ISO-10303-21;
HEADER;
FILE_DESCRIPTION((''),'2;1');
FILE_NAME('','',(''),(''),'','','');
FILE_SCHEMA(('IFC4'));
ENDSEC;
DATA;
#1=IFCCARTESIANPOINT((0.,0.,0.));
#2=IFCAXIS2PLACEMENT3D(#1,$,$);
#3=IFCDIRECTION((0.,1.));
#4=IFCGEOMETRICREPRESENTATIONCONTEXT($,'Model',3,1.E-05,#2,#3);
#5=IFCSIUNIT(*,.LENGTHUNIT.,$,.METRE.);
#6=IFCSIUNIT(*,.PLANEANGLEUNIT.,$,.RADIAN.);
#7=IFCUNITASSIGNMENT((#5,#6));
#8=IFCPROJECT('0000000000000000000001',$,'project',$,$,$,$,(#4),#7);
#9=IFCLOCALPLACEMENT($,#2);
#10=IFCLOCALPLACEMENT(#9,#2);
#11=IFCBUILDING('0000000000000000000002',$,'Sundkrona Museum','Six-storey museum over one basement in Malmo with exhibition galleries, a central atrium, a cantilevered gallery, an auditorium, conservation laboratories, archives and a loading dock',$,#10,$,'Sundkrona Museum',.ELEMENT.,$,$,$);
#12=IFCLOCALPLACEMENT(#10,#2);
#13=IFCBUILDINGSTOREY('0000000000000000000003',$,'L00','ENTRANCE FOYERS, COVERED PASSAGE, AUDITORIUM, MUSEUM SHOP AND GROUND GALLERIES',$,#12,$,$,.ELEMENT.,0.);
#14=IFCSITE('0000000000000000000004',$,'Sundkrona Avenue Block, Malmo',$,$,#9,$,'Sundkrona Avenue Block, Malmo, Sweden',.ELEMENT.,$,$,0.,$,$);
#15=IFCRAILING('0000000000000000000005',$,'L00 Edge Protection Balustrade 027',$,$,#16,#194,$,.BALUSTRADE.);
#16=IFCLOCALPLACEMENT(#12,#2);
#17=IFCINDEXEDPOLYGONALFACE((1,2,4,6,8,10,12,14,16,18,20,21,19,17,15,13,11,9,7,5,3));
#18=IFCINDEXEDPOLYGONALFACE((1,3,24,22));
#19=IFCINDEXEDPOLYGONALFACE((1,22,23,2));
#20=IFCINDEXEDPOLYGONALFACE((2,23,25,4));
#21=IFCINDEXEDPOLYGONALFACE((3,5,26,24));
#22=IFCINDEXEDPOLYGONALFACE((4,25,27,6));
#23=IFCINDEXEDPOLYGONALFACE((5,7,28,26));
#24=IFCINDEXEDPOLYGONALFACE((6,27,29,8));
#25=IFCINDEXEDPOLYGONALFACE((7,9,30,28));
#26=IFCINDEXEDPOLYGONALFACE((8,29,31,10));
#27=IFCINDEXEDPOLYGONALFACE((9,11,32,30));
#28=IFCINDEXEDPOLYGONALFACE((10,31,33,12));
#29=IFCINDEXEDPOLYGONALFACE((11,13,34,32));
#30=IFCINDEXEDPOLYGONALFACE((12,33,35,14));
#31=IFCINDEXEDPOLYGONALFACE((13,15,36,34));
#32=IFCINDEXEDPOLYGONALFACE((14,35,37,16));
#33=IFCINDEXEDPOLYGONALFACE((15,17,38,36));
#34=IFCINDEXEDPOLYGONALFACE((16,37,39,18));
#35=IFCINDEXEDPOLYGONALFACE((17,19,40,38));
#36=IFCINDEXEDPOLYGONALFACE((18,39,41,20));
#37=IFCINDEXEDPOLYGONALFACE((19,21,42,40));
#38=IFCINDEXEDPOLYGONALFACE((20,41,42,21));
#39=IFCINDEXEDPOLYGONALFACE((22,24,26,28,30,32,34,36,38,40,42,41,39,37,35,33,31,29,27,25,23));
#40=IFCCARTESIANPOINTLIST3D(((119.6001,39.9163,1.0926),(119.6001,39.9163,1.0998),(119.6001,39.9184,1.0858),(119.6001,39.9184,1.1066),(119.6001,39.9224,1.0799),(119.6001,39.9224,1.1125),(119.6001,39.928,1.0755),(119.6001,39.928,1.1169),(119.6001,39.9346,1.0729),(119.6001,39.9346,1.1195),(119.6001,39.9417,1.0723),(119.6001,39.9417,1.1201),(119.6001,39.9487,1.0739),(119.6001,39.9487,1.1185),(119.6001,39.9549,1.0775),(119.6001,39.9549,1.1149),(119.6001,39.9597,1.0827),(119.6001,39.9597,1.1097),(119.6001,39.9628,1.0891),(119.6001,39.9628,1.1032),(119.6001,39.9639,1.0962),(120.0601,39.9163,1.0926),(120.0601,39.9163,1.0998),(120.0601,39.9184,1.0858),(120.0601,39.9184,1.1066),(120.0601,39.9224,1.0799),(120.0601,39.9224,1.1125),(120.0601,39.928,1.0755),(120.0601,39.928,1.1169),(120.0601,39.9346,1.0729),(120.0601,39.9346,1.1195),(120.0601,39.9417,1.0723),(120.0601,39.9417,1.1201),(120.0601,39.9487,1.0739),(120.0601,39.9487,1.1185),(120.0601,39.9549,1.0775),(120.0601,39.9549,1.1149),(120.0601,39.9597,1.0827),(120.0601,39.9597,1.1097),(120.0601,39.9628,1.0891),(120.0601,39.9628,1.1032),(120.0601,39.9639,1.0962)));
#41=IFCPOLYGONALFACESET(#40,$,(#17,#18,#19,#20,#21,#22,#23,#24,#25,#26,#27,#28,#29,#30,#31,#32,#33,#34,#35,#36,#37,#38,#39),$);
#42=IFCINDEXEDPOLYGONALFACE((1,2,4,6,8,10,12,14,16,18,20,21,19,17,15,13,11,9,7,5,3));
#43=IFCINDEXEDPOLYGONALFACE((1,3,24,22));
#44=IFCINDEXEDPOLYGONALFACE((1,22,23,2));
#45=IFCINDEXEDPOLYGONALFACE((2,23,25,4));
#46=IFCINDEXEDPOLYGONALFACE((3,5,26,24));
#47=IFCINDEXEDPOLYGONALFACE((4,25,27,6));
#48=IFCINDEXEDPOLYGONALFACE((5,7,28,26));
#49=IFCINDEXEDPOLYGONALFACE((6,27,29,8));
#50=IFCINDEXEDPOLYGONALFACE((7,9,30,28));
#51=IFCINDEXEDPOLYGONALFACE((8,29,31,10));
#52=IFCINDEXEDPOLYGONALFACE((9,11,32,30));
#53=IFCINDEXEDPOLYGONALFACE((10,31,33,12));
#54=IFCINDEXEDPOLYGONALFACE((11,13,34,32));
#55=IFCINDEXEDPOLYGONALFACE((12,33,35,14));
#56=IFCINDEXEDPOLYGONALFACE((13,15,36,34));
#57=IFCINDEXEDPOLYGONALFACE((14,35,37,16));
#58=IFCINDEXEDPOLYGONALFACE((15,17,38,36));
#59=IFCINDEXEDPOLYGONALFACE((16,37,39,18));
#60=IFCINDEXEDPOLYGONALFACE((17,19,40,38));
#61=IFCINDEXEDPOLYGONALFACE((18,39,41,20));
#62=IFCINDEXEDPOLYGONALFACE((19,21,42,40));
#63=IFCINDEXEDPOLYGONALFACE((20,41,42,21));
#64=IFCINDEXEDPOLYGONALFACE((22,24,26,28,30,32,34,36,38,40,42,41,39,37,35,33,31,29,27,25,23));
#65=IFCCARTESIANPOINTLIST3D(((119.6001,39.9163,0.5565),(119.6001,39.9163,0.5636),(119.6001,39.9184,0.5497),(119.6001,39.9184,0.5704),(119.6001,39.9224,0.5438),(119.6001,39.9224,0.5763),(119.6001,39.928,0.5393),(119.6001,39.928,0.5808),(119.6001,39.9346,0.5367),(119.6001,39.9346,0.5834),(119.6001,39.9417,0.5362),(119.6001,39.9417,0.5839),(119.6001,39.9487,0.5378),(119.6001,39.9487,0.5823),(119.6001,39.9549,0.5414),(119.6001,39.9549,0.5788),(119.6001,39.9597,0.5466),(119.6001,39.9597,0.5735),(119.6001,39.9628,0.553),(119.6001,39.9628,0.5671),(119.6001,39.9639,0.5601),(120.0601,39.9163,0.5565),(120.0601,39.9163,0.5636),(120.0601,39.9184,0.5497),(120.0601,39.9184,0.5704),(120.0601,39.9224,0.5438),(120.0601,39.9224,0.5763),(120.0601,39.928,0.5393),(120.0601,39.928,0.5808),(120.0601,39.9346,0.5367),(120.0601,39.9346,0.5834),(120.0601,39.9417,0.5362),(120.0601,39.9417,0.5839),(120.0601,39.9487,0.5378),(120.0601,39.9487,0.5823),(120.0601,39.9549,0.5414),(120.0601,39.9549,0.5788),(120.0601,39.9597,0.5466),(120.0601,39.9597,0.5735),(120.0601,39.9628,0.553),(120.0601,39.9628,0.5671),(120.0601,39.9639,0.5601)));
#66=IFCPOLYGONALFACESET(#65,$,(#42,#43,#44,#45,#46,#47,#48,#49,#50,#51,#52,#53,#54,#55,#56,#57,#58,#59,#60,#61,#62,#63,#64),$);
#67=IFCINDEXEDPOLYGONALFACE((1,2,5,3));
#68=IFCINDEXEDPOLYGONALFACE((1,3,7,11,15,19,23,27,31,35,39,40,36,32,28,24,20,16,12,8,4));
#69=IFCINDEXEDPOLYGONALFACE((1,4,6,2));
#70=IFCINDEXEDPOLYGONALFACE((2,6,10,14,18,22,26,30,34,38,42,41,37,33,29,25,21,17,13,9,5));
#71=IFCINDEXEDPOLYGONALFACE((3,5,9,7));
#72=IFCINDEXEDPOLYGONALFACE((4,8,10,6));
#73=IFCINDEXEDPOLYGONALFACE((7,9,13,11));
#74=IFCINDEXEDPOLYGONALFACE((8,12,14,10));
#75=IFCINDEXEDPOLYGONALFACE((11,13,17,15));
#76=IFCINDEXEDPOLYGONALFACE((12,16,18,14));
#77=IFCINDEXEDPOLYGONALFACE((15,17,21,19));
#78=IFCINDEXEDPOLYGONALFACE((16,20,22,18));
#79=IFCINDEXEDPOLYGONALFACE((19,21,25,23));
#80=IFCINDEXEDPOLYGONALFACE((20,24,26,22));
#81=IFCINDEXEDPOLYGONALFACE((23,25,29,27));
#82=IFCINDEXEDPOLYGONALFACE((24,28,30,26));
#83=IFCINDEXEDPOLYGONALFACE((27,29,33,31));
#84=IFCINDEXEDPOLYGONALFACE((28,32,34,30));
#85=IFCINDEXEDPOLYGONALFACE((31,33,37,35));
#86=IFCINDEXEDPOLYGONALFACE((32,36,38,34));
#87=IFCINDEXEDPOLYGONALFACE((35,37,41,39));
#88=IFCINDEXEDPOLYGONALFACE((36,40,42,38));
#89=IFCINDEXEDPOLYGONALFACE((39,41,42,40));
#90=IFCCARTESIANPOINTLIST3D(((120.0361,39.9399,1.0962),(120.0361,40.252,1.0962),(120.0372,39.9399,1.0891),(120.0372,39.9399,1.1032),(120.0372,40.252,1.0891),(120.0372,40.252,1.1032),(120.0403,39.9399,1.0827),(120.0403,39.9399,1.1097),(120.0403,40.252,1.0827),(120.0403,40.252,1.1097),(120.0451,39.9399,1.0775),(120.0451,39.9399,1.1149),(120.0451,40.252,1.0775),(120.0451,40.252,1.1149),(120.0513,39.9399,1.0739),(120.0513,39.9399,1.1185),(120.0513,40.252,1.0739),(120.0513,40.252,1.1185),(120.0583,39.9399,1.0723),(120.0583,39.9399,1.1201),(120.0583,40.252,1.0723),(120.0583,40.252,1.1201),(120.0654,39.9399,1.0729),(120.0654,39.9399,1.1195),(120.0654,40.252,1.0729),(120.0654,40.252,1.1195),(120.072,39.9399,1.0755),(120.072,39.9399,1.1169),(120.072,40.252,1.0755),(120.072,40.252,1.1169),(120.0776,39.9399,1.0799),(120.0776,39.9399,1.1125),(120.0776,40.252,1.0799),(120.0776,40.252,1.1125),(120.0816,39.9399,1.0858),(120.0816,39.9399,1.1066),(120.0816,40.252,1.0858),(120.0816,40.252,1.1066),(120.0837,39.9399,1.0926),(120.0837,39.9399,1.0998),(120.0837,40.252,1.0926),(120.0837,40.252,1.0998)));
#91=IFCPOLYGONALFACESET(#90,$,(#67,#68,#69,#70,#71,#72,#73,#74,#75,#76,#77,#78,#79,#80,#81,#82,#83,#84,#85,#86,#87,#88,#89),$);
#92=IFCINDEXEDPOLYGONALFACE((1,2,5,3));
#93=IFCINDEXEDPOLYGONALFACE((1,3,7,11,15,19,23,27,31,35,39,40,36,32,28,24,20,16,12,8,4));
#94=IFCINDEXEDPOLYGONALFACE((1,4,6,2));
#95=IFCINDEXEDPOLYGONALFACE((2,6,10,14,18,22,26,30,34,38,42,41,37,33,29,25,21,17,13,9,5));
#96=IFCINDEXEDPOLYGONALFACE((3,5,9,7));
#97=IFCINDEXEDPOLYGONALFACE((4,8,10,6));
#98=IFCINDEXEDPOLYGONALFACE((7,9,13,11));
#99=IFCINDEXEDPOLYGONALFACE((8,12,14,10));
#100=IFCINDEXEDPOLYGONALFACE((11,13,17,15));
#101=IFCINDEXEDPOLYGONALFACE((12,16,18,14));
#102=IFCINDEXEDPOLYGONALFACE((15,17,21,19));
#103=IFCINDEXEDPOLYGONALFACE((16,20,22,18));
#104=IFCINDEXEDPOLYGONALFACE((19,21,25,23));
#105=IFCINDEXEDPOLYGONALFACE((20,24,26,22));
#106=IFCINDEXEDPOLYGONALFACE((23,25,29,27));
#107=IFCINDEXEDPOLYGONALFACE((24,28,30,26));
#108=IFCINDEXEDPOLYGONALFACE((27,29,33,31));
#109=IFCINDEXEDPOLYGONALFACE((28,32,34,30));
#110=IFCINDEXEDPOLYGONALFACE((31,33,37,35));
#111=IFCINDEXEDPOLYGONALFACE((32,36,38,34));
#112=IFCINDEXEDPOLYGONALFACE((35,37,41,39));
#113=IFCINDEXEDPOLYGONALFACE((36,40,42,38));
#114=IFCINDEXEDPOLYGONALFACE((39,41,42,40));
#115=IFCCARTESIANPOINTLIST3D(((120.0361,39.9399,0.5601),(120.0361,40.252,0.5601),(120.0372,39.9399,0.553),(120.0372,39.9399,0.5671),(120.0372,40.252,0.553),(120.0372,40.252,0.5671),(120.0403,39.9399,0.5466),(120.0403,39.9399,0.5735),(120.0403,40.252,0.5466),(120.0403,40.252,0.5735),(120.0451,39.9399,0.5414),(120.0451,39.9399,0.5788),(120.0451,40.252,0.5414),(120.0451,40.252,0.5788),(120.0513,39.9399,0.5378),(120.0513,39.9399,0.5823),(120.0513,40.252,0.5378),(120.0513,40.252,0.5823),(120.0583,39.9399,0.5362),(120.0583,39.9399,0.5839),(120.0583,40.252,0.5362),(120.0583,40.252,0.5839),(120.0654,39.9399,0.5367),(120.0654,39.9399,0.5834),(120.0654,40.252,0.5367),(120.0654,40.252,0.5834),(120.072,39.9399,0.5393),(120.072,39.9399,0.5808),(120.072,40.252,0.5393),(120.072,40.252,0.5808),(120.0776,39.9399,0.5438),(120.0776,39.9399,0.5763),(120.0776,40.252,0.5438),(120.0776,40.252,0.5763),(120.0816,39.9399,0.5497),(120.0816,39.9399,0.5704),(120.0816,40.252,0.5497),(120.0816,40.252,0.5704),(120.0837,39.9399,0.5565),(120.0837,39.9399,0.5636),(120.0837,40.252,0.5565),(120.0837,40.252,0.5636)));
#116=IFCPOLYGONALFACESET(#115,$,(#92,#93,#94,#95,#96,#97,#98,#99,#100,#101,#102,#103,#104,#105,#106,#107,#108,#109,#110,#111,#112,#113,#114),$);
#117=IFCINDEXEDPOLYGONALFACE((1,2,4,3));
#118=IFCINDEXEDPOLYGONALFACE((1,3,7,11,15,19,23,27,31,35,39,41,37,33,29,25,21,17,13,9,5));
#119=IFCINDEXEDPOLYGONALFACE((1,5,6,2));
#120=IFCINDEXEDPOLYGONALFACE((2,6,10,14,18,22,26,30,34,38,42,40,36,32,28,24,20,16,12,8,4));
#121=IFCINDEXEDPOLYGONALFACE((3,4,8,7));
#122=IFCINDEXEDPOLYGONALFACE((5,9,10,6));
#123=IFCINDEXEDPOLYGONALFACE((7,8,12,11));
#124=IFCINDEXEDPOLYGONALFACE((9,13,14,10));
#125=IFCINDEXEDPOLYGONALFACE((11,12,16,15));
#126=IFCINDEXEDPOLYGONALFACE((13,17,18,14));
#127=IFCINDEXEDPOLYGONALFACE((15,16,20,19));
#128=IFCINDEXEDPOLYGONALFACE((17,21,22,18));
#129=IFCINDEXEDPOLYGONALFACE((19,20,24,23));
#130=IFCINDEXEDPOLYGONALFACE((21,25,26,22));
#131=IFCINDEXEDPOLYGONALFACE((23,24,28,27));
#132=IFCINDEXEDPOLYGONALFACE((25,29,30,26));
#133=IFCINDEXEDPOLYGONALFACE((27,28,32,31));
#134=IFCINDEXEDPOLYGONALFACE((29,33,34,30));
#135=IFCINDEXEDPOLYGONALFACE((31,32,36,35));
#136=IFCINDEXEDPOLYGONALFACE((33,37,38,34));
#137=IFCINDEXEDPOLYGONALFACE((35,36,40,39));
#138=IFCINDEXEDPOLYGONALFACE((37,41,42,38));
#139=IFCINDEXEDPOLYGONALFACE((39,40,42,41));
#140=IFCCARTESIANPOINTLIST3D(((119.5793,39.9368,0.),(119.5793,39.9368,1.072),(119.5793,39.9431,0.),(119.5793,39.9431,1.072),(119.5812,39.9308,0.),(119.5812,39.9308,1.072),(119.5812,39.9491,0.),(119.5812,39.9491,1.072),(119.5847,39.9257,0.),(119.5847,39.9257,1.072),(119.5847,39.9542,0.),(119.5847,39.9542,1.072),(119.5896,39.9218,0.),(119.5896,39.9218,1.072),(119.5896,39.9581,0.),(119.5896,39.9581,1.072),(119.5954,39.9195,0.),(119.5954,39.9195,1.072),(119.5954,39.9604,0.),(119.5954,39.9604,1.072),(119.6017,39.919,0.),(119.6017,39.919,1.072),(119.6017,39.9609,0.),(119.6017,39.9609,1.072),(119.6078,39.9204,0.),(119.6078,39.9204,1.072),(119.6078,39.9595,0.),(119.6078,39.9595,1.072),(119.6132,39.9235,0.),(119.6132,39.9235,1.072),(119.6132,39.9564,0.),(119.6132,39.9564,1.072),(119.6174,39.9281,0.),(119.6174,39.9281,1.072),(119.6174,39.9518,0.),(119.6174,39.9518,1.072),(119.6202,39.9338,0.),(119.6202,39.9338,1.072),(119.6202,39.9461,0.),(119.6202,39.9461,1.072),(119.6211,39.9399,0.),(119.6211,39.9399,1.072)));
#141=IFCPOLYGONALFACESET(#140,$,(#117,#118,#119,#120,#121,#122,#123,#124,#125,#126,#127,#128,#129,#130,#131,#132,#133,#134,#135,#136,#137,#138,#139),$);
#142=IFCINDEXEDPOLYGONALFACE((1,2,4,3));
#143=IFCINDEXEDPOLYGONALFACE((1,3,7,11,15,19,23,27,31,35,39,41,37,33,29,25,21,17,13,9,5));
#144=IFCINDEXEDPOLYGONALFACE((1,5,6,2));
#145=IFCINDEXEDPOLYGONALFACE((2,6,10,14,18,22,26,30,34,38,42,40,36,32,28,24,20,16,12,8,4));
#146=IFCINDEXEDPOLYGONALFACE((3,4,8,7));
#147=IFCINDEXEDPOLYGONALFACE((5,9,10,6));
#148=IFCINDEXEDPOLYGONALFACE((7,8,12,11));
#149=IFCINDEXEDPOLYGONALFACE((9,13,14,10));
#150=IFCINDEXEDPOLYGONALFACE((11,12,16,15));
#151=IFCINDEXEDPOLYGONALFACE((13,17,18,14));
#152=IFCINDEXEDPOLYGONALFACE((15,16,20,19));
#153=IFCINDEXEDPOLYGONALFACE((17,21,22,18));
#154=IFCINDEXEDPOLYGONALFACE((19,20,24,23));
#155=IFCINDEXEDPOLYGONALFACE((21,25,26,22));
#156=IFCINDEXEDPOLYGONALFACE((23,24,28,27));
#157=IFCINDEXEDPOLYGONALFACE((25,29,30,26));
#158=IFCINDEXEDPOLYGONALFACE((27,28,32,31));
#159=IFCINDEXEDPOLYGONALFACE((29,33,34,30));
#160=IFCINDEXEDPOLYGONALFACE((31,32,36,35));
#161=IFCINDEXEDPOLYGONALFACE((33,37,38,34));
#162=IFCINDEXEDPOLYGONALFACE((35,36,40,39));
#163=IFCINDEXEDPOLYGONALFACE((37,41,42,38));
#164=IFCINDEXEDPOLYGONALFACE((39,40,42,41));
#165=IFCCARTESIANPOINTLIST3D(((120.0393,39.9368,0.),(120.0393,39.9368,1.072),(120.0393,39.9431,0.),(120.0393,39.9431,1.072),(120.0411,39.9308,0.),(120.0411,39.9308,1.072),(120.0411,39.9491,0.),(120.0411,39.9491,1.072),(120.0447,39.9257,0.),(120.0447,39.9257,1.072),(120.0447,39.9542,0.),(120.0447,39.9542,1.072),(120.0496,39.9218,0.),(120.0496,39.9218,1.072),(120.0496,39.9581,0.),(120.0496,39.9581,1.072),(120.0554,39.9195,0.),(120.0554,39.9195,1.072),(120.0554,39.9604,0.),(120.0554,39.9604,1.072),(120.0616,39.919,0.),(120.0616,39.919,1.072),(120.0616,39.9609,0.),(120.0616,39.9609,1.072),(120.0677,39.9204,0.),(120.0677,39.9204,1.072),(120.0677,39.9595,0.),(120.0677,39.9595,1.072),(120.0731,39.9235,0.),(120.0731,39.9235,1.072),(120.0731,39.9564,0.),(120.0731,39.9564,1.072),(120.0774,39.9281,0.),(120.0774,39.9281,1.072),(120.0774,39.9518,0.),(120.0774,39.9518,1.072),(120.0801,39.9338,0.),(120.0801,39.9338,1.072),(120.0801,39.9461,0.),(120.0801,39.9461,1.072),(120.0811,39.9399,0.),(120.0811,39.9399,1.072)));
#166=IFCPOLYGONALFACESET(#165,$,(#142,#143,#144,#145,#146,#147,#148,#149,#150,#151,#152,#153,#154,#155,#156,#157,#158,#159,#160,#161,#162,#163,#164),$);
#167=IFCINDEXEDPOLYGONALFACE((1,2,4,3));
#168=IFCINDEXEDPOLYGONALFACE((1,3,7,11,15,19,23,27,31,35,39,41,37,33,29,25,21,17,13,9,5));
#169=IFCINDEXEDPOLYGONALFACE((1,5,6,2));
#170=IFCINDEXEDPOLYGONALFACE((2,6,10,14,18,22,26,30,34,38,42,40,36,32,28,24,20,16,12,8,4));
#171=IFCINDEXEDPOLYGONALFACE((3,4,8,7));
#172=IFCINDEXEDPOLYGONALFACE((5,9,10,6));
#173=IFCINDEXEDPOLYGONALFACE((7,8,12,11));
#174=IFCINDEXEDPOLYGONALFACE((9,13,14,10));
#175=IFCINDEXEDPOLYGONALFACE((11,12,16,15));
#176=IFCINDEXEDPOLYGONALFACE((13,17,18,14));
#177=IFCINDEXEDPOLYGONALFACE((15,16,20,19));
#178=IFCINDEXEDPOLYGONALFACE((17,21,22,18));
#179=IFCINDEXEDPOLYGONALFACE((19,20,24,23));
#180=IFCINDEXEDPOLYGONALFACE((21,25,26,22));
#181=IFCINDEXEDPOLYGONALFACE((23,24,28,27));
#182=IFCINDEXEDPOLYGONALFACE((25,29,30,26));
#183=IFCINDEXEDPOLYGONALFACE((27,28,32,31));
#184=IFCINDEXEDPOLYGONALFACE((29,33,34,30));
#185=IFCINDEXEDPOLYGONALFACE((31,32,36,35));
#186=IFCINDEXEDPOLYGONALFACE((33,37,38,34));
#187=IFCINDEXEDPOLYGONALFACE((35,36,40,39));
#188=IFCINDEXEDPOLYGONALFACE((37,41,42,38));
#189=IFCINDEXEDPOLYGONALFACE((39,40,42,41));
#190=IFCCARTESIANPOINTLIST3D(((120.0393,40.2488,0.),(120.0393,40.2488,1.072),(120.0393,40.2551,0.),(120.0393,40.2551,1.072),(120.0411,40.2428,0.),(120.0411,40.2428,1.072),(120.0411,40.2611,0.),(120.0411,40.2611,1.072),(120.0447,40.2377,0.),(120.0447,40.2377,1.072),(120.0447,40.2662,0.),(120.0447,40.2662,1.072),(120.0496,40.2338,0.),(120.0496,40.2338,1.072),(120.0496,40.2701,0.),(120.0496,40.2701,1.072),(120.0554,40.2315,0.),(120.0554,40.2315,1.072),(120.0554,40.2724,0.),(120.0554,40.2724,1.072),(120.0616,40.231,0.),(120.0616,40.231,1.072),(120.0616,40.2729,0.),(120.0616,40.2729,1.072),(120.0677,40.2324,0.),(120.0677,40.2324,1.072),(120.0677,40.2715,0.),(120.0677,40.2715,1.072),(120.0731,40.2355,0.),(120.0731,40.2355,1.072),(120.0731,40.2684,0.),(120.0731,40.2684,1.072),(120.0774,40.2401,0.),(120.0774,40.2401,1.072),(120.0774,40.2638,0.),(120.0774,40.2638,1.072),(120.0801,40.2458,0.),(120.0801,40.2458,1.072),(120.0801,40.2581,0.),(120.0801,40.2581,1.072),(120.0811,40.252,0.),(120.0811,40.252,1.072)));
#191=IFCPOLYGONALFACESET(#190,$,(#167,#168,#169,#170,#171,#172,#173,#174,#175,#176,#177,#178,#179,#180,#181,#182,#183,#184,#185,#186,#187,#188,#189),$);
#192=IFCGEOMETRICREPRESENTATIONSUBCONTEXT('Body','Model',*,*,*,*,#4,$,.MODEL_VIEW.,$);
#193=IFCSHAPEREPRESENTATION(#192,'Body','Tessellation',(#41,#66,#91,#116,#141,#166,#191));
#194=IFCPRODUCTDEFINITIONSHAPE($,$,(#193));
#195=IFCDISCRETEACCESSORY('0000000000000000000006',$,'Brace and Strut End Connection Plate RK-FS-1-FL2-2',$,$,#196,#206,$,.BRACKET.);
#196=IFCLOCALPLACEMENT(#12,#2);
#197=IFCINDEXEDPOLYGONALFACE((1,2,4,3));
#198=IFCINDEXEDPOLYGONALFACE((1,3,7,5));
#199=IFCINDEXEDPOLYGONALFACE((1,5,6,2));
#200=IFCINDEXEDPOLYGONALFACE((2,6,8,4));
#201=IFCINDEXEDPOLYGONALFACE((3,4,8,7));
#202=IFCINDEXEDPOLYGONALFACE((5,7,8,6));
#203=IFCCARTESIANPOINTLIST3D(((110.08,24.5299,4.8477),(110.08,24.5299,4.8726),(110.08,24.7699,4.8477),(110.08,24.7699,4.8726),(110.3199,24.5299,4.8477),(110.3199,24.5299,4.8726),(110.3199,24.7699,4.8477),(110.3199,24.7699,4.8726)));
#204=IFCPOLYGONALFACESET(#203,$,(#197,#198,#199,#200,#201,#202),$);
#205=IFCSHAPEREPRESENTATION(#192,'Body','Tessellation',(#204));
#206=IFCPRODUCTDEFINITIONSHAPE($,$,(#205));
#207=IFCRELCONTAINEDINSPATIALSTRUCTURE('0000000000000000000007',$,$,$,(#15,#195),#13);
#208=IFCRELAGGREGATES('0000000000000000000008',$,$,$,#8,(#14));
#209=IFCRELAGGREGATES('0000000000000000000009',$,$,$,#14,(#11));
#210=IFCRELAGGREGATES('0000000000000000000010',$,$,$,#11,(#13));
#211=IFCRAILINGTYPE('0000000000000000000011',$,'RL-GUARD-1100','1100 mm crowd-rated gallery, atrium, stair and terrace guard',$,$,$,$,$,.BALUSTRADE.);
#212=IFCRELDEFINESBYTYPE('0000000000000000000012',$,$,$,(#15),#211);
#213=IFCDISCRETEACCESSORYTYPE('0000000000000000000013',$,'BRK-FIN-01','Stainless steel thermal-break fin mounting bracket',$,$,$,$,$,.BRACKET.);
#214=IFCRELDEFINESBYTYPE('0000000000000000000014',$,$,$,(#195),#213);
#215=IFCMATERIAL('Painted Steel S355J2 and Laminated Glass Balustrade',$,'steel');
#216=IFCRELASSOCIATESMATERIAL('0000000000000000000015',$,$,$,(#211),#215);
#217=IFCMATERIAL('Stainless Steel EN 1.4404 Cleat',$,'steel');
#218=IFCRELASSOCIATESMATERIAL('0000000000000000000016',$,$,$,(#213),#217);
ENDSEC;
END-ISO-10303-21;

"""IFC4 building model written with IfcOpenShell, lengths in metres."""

from ifc_helpers import new_model, si_unit, direction, frame, origin, origin_2d, place, context, subcontext, project, spatial, rectangle, circle, extrude, material, type_object, element, save


model = new_model("IFC4")

# Units and contexts
model_context = context("Model", 3, precision=1e-05, world=origin(), true_north=direction((0.0, 1.0)))
body_context = subcontext(model_context, "Body", "Model", "MODEL_VIEW")
ifc_project = project(units=[si_unit("LENGTHUNIT", "METRE"), si_unit("PLANEANGLEUNIT", "RADIAN")], contexts=[model_context])

# Site, building, storey
site_placement = place(None, origin())
site = spatial("IfcSite", under=ifc_project, at=site_placement, Name="Sundkrona Avenue Block, Malmo", LongName="Sundkrona Avenue Block, Malmo, Sweden", CompositionType="ELEMENT", RefElevation=0.0)
building_placement = place(site_placement, origin())
building = spatial("IfcBuilding", under=site, at=building_placement, Name="Sundkrona Museum", Description="Six-storey museum over one basement in Malmo with exhibition galleries, a central atrium, a cantilevered gallery, an auditorium, conservation laboratories, archives and a loading dock", LongName="Sundkrona Museum", CompositionType="ELEMENT")
storey_placement = place(building_placement, origin())
storey = spatial("IfcBuildingStorey", under=building, at=storey_placement, Name="L00", Description="ENTRANCE FOYERS, COVERED PASSAGE, AUDITORIUM, MUSEUM SHOP AND GROUND GALLERIES", CompositionType="ELEMENT", Elevation=0.0)

# Railing
ifc_material_1 = material(Name="Painted Steel S355J2 and Laminated Glass Balustrade", Category="steel")
railing_type = type_object("IfcRailingType", Name="RL-GUARD-1100", Description="1100 mm crowd-rated gallery, atrium, stair and terrace guard", PredefinedType="BALUSTRADE", material=ifc_material_1)
railing_1_placement = place(storey_placement, frame((119.6001, 39.9399, 0.0)))
element("IfcRailing", 1, at=railing_1_placement, inside=storey, type_object=railing_type, Name="L00 Edge Protection Balustrade 027", PredefinedType="BALUSTRADE", context=body_context, shape_type="SweptSolid", body=[
    extrude(circle(Radius=0.0239, at=origin_2d()), frame((0.0, 0.0, 1.0962), z_axis=(1.0, 0.0, 0.0), x_axis=(0.0, 1.0, 0.0)), (0.0, 0.0, 1.0), 0.46),
    extrude(circle(Radius=0.0239, at=origin_2d()), frame((0.0, 0.0, 0.5601), z_axis=(1.0, 0.0, 0.0), x_axis=(0.0, 1.0, 0.0)), (0.0, 0.0, 1.0), 0.46),
    extrude(circle(Radius=0.0239, at=origin_2d()), frame((0.46, 0.0, 1.0962), z_axis=(0.0, 1.0, 0.0), x_axis=(-1.0, 0.0, 0.0)), (0.0, 0.0, 1.0), 0.312),
    extrude(circle(Radius=0.0239, at=origin_2d()), frame((0.46, 0.0, 0.5601), z_axis=(0.0, 1.0, 0.0), x_axis=(-1.0, 0.0, 0.0)), (0.0, 0.0, 1.0), 0.312),
    extrude(circle(Radius=0.021, at=origin_2d()), origin(), (0.0, 0.0, 1.0), 1.072),
    extrude(circle(Radius=0.021, at=origin_2d()), frame((0.46, 0.0, 0.0)), (0.0, 0.0, 1.0), 1.072),
    extrude(circle(Radius=0.021, at=origin_2d()), frame((0.46, 0.312, 0.0)), (0.0, 0.0, 1.0), 1.072),
])

# Discrete accessory
ifc_material_2 = material(Name="Stainless Steel EN 1.4404 Cleat", Category="steel")
discrete_accessory_type = type_object("IfcDiscreteAccessoryType", Name="BRK-FIN-01", Description="Stainless steel thermal-break fin mounting bracket", PredefinedType="BRACKET", material=ifc_material_2)
discrete_accessory_placement = place(storey_placement, frame((110.2, 24.6499, 4.8477), z_axis=(0.0, 0.0, 1.0), x_axis=(1.0, 0.0, 0.0)))
element("IfcDiscreteAccessory", 2, at=discrete_accessory_placement, inside=storey, type_object=discrete_accessory_type, Name="Brace and Strut End Connection Plate RK-FS-1-FL2-2", PredefinedType="BRACKET", context=body_context, shape_type="SweptSolid", body=[
    extrude(rectangle(XDim=0.24, YDim=0.24, at=origin_2d()), origin(), (0.0, 0.0, 1.0), 0.0249),
])

save(model, "model.ifc")
